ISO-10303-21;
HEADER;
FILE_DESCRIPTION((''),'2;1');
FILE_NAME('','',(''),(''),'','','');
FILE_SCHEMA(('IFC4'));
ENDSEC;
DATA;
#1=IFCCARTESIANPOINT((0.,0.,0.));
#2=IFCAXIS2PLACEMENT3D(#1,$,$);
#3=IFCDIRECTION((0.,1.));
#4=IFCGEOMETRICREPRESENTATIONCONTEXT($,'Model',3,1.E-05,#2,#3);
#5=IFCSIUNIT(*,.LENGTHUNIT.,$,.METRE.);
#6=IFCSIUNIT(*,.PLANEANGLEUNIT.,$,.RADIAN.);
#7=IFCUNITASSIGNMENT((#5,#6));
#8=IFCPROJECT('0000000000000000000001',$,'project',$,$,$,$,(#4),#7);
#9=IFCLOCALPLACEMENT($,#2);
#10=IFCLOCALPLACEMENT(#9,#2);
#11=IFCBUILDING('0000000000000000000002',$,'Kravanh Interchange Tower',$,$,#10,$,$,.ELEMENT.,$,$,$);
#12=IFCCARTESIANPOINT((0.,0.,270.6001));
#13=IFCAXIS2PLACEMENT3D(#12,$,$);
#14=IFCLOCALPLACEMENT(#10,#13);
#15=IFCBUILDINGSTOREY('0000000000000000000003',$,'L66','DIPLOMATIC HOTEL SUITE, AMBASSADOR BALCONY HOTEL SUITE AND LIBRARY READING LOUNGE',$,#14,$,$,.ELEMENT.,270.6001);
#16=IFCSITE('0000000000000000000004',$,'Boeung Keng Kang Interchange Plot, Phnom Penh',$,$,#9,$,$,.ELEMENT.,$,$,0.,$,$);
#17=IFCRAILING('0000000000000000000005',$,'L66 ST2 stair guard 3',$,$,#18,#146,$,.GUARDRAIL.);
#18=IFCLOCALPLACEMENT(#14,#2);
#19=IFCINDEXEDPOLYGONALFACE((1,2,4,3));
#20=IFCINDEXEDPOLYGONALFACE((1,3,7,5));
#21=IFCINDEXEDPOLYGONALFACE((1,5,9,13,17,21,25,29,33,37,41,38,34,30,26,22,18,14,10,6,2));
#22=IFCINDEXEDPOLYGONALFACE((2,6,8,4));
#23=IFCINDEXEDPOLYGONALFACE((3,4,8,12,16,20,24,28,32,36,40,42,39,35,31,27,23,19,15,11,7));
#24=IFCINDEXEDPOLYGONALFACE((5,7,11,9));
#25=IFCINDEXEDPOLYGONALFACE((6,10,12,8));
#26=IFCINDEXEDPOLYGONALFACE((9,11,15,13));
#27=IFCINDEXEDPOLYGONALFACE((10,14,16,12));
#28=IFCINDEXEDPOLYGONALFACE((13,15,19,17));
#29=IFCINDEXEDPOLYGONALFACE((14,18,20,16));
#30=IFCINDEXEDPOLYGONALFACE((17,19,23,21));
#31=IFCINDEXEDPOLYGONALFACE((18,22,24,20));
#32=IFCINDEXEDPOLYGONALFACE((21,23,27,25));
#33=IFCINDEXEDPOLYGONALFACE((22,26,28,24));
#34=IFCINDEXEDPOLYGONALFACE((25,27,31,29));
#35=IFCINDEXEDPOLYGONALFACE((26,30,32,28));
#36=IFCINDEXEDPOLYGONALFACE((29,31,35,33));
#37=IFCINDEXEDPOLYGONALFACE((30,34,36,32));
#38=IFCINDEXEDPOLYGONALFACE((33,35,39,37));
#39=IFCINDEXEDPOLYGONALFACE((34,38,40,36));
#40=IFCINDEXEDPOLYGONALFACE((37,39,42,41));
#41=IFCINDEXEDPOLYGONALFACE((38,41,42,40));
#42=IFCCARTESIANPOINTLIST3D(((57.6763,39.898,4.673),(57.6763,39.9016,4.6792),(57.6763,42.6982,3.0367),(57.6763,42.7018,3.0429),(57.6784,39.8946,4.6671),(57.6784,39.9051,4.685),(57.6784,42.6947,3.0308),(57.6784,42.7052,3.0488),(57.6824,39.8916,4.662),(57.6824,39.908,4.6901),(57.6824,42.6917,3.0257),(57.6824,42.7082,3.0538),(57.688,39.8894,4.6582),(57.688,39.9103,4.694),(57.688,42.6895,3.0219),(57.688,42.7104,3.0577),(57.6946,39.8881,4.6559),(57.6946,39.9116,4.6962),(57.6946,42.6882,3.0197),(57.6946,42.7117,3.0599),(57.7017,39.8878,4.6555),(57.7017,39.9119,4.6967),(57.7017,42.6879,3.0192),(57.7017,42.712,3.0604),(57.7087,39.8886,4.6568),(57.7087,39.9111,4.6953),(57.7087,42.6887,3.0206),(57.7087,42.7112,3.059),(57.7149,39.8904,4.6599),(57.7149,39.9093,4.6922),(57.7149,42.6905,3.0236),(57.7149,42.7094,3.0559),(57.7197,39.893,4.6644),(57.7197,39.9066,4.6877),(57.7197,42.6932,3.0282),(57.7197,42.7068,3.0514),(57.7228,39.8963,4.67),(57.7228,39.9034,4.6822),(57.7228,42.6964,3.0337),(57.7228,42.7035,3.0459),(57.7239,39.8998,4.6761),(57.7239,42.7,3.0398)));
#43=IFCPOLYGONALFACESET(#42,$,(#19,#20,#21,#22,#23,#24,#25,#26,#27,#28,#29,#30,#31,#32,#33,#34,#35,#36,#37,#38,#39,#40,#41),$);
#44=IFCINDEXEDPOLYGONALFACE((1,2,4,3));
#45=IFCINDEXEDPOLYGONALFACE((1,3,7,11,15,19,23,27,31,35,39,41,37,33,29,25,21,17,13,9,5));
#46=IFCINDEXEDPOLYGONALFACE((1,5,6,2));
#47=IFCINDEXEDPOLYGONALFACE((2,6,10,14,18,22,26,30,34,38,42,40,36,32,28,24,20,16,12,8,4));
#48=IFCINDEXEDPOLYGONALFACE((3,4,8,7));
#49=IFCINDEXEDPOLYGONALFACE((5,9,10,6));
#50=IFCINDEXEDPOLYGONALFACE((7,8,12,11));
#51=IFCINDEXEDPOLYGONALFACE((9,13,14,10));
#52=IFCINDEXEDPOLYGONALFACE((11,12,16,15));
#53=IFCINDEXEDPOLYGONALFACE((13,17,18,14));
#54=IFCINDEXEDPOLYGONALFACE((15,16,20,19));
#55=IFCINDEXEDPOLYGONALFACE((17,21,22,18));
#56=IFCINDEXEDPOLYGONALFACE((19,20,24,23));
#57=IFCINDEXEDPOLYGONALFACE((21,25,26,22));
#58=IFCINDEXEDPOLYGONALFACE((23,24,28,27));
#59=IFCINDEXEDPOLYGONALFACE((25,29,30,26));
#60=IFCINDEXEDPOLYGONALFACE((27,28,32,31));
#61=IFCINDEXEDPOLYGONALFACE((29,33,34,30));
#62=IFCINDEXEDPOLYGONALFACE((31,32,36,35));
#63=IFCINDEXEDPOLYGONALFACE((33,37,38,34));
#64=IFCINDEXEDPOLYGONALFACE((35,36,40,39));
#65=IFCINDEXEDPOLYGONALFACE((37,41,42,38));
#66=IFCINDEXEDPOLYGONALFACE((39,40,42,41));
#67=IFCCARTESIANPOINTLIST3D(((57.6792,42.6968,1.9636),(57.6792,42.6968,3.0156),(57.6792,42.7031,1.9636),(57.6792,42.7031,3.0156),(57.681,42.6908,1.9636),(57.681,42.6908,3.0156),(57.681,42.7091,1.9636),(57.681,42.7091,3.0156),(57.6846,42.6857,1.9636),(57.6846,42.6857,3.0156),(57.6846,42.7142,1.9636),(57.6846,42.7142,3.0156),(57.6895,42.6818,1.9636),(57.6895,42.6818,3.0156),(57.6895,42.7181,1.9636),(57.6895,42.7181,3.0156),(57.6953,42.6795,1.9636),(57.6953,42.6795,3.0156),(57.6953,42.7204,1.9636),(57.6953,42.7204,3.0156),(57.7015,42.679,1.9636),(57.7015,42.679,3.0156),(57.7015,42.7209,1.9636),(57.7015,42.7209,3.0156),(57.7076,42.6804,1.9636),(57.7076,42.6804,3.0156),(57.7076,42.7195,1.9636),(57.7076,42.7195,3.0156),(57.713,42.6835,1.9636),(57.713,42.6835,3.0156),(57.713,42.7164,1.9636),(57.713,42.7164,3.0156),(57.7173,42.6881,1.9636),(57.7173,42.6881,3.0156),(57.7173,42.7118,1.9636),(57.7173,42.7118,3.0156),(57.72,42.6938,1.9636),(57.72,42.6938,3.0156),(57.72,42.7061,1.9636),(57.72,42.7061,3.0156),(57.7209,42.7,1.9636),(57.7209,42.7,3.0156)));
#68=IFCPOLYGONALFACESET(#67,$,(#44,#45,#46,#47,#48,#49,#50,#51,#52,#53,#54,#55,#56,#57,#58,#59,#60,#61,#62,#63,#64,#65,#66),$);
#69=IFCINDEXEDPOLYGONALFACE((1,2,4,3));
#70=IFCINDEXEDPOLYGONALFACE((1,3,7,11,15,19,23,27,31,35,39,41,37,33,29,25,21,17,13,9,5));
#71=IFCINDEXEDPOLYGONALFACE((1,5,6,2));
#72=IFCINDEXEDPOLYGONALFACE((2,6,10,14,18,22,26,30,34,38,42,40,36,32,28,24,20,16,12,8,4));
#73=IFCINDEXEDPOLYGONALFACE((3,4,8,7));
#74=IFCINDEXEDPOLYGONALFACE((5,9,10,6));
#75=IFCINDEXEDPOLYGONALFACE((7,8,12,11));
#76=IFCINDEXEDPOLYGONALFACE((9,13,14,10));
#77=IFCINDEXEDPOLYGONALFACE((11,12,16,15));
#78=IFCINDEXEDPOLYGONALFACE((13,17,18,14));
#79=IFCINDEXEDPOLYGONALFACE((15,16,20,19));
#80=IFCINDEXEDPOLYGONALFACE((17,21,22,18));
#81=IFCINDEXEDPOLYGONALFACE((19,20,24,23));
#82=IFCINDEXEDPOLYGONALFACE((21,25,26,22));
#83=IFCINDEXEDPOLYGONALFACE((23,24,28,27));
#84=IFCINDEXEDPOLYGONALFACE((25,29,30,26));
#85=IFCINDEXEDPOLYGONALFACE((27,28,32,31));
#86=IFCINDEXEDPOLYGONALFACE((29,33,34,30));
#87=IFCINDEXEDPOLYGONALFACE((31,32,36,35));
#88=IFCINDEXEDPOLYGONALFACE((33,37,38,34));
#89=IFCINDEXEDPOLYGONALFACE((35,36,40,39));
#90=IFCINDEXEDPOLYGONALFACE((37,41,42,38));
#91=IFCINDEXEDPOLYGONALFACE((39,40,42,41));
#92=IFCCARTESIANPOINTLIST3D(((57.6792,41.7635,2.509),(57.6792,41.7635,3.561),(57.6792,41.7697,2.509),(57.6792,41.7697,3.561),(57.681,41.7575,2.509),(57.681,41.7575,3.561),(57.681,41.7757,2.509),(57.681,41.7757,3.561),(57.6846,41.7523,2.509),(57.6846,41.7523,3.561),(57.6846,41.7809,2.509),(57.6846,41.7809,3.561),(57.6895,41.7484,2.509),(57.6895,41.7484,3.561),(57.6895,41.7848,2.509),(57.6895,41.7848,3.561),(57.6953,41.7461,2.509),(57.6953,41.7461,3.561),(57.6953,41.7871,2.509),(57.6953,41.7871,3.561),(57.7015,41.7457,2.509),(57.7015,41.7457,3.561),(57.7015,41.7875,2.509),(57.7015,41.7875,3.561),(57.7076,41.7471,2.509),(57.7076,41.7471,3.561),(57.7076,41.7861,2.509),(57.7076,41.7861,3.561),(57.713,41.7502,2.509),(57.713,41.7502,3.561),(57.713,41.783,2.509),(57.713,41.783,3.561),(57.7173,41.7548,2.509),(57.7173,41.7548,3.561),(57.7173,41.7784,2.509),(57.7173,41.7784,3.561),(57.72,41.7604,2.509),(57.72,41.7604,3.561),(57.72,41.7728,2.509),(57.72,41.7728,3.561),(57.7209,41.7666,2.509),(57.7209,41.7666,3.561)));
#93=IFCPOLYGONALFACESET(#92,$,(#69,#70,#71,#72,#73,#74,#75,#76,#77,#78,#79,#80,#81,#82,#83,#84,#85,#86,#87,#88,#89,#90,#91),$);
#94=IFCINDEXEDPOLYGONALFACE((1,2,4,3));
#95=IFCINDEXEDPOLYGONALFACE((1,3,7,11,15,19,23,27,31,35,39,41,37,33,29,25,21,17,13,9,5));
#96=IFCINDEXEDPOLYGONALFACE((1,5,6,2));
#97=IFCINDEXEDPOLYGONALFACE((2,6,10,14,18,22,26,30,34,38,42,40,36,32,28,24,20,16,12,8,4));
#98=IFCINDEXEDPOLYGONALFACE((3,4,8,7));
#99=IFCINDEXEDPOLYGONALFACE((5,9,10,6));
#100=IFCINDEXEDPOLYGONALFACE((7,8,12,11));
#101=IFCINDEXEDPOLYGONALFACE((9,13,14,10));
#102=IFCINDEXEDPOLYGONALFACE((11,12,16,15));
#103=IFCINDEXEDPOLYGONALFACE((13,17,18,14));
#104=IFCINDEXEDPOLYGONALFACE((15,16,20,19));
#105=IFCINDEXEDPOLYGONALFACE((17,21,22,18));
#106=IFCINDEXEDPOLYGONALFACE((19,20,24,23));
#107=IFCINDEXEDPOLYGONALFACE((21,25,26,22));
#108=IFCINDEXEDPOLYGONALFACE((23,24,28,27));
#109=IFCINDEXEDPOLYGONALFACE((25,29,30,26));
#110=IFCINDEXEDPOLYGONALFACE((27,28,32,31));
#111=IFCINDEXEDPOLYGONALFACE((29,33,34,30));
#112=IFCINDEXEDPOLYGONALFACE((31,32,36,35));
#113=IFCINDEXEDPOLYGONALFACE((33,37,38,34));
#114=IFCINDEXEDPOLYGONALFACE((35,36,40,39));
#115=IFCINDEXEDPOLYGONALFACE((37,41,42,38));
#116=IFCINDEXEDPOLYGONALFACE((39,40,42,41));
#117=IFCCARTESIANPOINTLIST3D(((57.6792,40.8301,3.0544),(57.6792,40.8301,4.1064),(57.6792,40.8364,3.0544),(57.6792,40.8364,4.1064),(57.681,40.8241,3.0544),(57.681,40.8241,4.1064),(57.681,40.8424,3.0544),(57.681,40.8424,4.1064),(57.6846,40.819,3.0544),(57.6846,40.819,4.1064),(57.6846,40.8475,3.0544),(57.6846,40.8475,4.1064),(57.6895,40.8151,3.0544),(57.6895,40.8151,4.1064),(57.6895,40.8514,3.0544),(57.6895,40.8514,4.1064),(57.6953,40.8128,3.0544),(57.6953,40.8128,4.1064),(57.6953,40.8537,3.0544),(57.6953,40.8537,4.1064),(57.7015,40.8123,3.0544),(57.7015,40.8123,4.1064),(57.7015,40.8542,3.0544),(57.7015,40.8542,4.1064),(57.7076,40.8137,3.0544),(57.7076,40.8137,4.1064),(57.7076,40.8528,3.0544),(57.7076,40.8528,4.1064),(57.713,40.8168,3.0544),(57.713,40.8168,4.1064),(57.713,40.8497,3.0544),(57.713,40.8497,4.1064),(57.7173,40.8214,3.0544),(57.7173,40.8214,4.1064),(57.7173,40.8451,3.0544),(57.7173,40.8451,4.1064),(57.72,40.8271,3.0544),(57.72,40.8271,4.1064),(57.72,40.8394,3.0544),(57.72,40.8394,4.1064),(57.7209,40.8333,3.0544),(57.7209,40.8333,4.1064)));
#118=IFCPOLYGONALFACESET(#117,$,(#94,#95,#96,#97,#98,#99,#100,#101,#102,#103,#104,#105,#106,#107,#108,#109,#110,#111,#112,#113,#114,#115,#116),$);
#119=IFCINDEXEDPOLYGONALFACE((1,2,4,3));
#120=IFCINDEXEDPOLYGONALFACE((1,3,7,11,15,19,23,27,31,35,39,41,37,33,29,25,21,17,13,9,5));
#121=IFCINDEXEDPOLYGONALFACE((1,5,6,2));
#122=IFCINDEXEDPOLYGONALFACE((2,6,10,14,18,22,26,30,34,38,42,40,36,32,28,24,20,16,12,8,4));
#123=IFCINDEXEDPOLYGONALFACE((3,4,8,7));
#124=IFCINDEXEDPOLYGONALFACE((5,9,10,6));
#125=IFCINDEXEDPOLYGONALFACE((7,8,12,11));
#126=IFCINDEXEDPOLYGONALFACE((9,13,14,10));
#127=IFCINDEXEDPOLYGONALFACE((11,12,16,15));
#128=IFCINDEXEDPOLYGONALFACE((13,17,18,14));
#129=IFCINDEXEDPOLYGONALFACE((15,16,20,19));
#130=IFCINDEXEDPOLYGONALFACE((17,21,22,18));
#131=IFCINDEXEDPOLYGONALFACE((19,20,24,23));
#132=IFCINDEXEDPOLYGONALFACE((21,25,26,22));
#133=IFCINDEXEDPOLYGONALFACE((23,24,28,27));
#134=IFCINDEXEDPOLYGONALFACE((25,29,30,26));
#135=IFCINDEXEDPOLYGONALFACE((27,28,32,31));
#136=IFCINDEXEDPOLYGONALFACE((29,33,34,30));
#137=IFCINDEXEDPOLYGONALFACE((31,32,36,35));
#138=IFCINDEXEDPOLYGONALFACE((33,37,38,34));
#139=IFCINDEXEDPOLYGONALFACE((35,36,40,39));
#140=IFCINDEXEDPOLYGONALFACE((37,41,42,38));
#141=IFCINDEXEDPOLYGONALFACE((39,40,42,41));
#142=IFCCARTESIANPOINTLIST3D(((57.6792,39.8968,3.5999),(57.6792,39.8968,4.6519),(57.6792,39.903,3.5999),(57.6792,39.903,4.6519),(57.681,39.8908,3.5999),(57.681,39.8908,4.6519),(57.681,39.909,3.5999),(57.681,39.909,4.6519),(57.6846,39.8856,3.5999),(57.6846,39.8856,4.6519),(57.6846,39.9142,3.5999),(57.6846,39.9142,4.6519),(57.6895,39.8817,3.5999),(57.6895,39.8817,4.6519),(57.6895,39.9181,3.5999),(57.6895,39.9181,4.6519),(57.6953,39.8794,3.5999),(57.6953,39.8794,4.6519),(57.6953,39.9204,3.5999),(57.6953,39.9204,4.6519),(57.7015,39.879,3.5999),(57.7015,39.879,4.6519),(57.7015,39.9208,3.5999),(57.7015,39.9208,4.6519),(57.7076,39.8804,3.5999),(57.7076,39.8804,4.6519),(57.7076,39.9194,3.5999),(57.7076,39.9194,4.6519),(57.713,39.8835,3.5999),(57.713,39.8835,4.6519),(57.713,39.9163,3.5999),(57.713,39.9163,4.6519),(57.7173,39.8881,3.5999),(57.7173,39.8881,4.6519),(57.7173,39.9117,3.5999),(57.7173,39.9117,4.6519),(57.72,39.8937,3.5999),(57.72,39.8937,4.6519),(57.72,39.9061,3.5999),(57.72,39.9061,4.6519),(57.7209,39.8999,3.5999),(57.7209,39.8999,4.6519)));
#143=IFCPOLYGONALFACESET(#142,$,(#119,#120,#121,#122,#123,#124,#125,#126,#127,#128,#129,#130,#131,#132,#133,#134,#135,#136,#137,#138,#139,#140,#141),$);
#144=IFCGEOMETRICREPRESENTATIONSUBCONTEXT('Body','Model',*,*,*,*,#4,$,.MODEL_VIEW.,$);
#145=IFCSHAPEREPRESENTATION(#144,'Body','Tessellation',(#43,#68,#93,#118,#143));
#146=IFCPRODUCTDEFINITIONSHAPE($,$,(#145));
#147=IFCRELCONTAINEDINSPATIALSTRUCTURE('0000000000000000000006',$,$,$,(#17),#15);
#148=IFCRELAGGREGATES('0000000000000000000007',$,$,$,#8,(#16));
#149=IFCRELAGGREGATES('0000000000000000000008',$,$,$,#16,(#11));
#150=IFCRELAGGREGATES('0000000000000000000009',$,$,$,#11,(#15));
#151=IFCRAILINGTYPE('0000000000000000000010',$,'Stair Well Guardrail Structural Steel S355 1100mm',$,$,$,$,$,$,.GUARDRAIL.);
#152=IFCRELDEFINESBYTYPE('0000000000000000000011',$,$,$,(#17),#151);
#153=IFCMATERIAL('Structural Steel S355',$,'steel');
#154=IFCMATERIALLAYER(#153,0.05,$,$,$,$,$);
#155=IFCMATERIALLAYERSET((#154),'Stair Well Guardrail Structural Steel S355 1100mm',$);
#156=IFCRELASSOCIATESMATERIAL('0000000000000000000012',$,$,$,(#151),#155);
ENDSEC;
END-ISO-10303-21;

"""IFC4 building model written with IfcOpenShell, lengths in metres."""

from ifc_helpers import new_model, si_unit, direction, frame, origin, origin_2d, place, context, subcontext, project, spatial, circle, extrude, material, layer, layer_set, type_object, element, save


model = new_model("IFC4")

# Units and contexts
model_context = context("Model", 3, precision=1e-05, world=origin(), true_north=direction((0.0, 1.0)))
body_context = subcontext(model_context, "Body", "Model", "MODEL_VIEW")
ifc_project = project(units=[si_unit("LENGTHUNIT", "METRE"), si_unit("PLANEANGLEUNIT", "RADIAN")], contexts=[model_context])

# Site, building, storey
site_placement = place(None, origin())
site = spatial("IfcSite", under=ifc_project, at=site_placement, Name="Boeung Keng Kang Interchange Plot, Phnom Penh", CompositionType="ELEMENT", RefElevation=0.0)
building_placement = place(site_placement, origin())
building = spatial("IfcBuilding", under=site, at=building_placement, Name="Kravanh Interchange Tower", CompositionType="ELEMENT")
storey_placement = place(building_placement, frame((0.0, 0.0, 270.6001)))
storey = spatial("IfcBuildingStorey", under=building, at=storey_placement, Name="L66", Description="DIPLOMATIC HOTEL SUITE, AMBASSADOR BALCONY HOTEL SUITE AND LIBRARY READING LOUNGE", CompositionType="ELEMENT", Elevation=270.6001)

# Railing
ifc_material_1 = material(Name="Structural Steel S355", Category="steel")
ifc_layer_1 = layer(ifc_material_1, 0.05)
ifc_layer_set_1 = layer_set([ifc_layer_1], Name="Stair Well Guardrail Structural Steel S355 1100mm")
railing_type_1 = type_object("IfcRailingType", Name="Stair Well Guardrail Structural Steel S355 1100mm", PredefinedType="GUARDRAIL", material=ifc_layer_set_1)
railing_1_placement = place(storey_placement, frame((57.7, 42.7, 1.9636)))
element("IfcRailing", 1, at=railing_1_placement, inside=storey, type_object=railing_type_1, Name="L66 ST2 stair guard 3", PredefinedType="GUARDRAIL", context=body_context, shape_type="SweptSolid", body=[
    extrude(circle(Radius=0.0239, at=origin_2d()), frame((0.0, 0.0, 1.0762), z_axis=(0.0, -0.863394, 0.504531), x_axis=(1.0, 0.0, 0.0)), (0.0, 0.0, 1.0), 3.2432),
    extrude(circle(Radius=0.021, at=origin_2d()), origin(), (0.0, 0.0, 1.0), 1.052),
    extrude(circle(Radius=0.021, at=origin_2d()), frame((0.0, -0.9333, 0.5454)), (0.0, 0.0, 1.0), 1.052),
    extrude(circle(Radius=0.021, at=origin_2d()), frame((0.0, -1.8667, 1.0908)), (0.0, 0.0, 1.0), 1.052),
    extrude(circle(Radius=0.021, at=origin_2d()), frame((0.0, -2.8, 1.6362)), (0.0, 0.0, 1.0), 1.052),
])

save(model, "model.ifc")
